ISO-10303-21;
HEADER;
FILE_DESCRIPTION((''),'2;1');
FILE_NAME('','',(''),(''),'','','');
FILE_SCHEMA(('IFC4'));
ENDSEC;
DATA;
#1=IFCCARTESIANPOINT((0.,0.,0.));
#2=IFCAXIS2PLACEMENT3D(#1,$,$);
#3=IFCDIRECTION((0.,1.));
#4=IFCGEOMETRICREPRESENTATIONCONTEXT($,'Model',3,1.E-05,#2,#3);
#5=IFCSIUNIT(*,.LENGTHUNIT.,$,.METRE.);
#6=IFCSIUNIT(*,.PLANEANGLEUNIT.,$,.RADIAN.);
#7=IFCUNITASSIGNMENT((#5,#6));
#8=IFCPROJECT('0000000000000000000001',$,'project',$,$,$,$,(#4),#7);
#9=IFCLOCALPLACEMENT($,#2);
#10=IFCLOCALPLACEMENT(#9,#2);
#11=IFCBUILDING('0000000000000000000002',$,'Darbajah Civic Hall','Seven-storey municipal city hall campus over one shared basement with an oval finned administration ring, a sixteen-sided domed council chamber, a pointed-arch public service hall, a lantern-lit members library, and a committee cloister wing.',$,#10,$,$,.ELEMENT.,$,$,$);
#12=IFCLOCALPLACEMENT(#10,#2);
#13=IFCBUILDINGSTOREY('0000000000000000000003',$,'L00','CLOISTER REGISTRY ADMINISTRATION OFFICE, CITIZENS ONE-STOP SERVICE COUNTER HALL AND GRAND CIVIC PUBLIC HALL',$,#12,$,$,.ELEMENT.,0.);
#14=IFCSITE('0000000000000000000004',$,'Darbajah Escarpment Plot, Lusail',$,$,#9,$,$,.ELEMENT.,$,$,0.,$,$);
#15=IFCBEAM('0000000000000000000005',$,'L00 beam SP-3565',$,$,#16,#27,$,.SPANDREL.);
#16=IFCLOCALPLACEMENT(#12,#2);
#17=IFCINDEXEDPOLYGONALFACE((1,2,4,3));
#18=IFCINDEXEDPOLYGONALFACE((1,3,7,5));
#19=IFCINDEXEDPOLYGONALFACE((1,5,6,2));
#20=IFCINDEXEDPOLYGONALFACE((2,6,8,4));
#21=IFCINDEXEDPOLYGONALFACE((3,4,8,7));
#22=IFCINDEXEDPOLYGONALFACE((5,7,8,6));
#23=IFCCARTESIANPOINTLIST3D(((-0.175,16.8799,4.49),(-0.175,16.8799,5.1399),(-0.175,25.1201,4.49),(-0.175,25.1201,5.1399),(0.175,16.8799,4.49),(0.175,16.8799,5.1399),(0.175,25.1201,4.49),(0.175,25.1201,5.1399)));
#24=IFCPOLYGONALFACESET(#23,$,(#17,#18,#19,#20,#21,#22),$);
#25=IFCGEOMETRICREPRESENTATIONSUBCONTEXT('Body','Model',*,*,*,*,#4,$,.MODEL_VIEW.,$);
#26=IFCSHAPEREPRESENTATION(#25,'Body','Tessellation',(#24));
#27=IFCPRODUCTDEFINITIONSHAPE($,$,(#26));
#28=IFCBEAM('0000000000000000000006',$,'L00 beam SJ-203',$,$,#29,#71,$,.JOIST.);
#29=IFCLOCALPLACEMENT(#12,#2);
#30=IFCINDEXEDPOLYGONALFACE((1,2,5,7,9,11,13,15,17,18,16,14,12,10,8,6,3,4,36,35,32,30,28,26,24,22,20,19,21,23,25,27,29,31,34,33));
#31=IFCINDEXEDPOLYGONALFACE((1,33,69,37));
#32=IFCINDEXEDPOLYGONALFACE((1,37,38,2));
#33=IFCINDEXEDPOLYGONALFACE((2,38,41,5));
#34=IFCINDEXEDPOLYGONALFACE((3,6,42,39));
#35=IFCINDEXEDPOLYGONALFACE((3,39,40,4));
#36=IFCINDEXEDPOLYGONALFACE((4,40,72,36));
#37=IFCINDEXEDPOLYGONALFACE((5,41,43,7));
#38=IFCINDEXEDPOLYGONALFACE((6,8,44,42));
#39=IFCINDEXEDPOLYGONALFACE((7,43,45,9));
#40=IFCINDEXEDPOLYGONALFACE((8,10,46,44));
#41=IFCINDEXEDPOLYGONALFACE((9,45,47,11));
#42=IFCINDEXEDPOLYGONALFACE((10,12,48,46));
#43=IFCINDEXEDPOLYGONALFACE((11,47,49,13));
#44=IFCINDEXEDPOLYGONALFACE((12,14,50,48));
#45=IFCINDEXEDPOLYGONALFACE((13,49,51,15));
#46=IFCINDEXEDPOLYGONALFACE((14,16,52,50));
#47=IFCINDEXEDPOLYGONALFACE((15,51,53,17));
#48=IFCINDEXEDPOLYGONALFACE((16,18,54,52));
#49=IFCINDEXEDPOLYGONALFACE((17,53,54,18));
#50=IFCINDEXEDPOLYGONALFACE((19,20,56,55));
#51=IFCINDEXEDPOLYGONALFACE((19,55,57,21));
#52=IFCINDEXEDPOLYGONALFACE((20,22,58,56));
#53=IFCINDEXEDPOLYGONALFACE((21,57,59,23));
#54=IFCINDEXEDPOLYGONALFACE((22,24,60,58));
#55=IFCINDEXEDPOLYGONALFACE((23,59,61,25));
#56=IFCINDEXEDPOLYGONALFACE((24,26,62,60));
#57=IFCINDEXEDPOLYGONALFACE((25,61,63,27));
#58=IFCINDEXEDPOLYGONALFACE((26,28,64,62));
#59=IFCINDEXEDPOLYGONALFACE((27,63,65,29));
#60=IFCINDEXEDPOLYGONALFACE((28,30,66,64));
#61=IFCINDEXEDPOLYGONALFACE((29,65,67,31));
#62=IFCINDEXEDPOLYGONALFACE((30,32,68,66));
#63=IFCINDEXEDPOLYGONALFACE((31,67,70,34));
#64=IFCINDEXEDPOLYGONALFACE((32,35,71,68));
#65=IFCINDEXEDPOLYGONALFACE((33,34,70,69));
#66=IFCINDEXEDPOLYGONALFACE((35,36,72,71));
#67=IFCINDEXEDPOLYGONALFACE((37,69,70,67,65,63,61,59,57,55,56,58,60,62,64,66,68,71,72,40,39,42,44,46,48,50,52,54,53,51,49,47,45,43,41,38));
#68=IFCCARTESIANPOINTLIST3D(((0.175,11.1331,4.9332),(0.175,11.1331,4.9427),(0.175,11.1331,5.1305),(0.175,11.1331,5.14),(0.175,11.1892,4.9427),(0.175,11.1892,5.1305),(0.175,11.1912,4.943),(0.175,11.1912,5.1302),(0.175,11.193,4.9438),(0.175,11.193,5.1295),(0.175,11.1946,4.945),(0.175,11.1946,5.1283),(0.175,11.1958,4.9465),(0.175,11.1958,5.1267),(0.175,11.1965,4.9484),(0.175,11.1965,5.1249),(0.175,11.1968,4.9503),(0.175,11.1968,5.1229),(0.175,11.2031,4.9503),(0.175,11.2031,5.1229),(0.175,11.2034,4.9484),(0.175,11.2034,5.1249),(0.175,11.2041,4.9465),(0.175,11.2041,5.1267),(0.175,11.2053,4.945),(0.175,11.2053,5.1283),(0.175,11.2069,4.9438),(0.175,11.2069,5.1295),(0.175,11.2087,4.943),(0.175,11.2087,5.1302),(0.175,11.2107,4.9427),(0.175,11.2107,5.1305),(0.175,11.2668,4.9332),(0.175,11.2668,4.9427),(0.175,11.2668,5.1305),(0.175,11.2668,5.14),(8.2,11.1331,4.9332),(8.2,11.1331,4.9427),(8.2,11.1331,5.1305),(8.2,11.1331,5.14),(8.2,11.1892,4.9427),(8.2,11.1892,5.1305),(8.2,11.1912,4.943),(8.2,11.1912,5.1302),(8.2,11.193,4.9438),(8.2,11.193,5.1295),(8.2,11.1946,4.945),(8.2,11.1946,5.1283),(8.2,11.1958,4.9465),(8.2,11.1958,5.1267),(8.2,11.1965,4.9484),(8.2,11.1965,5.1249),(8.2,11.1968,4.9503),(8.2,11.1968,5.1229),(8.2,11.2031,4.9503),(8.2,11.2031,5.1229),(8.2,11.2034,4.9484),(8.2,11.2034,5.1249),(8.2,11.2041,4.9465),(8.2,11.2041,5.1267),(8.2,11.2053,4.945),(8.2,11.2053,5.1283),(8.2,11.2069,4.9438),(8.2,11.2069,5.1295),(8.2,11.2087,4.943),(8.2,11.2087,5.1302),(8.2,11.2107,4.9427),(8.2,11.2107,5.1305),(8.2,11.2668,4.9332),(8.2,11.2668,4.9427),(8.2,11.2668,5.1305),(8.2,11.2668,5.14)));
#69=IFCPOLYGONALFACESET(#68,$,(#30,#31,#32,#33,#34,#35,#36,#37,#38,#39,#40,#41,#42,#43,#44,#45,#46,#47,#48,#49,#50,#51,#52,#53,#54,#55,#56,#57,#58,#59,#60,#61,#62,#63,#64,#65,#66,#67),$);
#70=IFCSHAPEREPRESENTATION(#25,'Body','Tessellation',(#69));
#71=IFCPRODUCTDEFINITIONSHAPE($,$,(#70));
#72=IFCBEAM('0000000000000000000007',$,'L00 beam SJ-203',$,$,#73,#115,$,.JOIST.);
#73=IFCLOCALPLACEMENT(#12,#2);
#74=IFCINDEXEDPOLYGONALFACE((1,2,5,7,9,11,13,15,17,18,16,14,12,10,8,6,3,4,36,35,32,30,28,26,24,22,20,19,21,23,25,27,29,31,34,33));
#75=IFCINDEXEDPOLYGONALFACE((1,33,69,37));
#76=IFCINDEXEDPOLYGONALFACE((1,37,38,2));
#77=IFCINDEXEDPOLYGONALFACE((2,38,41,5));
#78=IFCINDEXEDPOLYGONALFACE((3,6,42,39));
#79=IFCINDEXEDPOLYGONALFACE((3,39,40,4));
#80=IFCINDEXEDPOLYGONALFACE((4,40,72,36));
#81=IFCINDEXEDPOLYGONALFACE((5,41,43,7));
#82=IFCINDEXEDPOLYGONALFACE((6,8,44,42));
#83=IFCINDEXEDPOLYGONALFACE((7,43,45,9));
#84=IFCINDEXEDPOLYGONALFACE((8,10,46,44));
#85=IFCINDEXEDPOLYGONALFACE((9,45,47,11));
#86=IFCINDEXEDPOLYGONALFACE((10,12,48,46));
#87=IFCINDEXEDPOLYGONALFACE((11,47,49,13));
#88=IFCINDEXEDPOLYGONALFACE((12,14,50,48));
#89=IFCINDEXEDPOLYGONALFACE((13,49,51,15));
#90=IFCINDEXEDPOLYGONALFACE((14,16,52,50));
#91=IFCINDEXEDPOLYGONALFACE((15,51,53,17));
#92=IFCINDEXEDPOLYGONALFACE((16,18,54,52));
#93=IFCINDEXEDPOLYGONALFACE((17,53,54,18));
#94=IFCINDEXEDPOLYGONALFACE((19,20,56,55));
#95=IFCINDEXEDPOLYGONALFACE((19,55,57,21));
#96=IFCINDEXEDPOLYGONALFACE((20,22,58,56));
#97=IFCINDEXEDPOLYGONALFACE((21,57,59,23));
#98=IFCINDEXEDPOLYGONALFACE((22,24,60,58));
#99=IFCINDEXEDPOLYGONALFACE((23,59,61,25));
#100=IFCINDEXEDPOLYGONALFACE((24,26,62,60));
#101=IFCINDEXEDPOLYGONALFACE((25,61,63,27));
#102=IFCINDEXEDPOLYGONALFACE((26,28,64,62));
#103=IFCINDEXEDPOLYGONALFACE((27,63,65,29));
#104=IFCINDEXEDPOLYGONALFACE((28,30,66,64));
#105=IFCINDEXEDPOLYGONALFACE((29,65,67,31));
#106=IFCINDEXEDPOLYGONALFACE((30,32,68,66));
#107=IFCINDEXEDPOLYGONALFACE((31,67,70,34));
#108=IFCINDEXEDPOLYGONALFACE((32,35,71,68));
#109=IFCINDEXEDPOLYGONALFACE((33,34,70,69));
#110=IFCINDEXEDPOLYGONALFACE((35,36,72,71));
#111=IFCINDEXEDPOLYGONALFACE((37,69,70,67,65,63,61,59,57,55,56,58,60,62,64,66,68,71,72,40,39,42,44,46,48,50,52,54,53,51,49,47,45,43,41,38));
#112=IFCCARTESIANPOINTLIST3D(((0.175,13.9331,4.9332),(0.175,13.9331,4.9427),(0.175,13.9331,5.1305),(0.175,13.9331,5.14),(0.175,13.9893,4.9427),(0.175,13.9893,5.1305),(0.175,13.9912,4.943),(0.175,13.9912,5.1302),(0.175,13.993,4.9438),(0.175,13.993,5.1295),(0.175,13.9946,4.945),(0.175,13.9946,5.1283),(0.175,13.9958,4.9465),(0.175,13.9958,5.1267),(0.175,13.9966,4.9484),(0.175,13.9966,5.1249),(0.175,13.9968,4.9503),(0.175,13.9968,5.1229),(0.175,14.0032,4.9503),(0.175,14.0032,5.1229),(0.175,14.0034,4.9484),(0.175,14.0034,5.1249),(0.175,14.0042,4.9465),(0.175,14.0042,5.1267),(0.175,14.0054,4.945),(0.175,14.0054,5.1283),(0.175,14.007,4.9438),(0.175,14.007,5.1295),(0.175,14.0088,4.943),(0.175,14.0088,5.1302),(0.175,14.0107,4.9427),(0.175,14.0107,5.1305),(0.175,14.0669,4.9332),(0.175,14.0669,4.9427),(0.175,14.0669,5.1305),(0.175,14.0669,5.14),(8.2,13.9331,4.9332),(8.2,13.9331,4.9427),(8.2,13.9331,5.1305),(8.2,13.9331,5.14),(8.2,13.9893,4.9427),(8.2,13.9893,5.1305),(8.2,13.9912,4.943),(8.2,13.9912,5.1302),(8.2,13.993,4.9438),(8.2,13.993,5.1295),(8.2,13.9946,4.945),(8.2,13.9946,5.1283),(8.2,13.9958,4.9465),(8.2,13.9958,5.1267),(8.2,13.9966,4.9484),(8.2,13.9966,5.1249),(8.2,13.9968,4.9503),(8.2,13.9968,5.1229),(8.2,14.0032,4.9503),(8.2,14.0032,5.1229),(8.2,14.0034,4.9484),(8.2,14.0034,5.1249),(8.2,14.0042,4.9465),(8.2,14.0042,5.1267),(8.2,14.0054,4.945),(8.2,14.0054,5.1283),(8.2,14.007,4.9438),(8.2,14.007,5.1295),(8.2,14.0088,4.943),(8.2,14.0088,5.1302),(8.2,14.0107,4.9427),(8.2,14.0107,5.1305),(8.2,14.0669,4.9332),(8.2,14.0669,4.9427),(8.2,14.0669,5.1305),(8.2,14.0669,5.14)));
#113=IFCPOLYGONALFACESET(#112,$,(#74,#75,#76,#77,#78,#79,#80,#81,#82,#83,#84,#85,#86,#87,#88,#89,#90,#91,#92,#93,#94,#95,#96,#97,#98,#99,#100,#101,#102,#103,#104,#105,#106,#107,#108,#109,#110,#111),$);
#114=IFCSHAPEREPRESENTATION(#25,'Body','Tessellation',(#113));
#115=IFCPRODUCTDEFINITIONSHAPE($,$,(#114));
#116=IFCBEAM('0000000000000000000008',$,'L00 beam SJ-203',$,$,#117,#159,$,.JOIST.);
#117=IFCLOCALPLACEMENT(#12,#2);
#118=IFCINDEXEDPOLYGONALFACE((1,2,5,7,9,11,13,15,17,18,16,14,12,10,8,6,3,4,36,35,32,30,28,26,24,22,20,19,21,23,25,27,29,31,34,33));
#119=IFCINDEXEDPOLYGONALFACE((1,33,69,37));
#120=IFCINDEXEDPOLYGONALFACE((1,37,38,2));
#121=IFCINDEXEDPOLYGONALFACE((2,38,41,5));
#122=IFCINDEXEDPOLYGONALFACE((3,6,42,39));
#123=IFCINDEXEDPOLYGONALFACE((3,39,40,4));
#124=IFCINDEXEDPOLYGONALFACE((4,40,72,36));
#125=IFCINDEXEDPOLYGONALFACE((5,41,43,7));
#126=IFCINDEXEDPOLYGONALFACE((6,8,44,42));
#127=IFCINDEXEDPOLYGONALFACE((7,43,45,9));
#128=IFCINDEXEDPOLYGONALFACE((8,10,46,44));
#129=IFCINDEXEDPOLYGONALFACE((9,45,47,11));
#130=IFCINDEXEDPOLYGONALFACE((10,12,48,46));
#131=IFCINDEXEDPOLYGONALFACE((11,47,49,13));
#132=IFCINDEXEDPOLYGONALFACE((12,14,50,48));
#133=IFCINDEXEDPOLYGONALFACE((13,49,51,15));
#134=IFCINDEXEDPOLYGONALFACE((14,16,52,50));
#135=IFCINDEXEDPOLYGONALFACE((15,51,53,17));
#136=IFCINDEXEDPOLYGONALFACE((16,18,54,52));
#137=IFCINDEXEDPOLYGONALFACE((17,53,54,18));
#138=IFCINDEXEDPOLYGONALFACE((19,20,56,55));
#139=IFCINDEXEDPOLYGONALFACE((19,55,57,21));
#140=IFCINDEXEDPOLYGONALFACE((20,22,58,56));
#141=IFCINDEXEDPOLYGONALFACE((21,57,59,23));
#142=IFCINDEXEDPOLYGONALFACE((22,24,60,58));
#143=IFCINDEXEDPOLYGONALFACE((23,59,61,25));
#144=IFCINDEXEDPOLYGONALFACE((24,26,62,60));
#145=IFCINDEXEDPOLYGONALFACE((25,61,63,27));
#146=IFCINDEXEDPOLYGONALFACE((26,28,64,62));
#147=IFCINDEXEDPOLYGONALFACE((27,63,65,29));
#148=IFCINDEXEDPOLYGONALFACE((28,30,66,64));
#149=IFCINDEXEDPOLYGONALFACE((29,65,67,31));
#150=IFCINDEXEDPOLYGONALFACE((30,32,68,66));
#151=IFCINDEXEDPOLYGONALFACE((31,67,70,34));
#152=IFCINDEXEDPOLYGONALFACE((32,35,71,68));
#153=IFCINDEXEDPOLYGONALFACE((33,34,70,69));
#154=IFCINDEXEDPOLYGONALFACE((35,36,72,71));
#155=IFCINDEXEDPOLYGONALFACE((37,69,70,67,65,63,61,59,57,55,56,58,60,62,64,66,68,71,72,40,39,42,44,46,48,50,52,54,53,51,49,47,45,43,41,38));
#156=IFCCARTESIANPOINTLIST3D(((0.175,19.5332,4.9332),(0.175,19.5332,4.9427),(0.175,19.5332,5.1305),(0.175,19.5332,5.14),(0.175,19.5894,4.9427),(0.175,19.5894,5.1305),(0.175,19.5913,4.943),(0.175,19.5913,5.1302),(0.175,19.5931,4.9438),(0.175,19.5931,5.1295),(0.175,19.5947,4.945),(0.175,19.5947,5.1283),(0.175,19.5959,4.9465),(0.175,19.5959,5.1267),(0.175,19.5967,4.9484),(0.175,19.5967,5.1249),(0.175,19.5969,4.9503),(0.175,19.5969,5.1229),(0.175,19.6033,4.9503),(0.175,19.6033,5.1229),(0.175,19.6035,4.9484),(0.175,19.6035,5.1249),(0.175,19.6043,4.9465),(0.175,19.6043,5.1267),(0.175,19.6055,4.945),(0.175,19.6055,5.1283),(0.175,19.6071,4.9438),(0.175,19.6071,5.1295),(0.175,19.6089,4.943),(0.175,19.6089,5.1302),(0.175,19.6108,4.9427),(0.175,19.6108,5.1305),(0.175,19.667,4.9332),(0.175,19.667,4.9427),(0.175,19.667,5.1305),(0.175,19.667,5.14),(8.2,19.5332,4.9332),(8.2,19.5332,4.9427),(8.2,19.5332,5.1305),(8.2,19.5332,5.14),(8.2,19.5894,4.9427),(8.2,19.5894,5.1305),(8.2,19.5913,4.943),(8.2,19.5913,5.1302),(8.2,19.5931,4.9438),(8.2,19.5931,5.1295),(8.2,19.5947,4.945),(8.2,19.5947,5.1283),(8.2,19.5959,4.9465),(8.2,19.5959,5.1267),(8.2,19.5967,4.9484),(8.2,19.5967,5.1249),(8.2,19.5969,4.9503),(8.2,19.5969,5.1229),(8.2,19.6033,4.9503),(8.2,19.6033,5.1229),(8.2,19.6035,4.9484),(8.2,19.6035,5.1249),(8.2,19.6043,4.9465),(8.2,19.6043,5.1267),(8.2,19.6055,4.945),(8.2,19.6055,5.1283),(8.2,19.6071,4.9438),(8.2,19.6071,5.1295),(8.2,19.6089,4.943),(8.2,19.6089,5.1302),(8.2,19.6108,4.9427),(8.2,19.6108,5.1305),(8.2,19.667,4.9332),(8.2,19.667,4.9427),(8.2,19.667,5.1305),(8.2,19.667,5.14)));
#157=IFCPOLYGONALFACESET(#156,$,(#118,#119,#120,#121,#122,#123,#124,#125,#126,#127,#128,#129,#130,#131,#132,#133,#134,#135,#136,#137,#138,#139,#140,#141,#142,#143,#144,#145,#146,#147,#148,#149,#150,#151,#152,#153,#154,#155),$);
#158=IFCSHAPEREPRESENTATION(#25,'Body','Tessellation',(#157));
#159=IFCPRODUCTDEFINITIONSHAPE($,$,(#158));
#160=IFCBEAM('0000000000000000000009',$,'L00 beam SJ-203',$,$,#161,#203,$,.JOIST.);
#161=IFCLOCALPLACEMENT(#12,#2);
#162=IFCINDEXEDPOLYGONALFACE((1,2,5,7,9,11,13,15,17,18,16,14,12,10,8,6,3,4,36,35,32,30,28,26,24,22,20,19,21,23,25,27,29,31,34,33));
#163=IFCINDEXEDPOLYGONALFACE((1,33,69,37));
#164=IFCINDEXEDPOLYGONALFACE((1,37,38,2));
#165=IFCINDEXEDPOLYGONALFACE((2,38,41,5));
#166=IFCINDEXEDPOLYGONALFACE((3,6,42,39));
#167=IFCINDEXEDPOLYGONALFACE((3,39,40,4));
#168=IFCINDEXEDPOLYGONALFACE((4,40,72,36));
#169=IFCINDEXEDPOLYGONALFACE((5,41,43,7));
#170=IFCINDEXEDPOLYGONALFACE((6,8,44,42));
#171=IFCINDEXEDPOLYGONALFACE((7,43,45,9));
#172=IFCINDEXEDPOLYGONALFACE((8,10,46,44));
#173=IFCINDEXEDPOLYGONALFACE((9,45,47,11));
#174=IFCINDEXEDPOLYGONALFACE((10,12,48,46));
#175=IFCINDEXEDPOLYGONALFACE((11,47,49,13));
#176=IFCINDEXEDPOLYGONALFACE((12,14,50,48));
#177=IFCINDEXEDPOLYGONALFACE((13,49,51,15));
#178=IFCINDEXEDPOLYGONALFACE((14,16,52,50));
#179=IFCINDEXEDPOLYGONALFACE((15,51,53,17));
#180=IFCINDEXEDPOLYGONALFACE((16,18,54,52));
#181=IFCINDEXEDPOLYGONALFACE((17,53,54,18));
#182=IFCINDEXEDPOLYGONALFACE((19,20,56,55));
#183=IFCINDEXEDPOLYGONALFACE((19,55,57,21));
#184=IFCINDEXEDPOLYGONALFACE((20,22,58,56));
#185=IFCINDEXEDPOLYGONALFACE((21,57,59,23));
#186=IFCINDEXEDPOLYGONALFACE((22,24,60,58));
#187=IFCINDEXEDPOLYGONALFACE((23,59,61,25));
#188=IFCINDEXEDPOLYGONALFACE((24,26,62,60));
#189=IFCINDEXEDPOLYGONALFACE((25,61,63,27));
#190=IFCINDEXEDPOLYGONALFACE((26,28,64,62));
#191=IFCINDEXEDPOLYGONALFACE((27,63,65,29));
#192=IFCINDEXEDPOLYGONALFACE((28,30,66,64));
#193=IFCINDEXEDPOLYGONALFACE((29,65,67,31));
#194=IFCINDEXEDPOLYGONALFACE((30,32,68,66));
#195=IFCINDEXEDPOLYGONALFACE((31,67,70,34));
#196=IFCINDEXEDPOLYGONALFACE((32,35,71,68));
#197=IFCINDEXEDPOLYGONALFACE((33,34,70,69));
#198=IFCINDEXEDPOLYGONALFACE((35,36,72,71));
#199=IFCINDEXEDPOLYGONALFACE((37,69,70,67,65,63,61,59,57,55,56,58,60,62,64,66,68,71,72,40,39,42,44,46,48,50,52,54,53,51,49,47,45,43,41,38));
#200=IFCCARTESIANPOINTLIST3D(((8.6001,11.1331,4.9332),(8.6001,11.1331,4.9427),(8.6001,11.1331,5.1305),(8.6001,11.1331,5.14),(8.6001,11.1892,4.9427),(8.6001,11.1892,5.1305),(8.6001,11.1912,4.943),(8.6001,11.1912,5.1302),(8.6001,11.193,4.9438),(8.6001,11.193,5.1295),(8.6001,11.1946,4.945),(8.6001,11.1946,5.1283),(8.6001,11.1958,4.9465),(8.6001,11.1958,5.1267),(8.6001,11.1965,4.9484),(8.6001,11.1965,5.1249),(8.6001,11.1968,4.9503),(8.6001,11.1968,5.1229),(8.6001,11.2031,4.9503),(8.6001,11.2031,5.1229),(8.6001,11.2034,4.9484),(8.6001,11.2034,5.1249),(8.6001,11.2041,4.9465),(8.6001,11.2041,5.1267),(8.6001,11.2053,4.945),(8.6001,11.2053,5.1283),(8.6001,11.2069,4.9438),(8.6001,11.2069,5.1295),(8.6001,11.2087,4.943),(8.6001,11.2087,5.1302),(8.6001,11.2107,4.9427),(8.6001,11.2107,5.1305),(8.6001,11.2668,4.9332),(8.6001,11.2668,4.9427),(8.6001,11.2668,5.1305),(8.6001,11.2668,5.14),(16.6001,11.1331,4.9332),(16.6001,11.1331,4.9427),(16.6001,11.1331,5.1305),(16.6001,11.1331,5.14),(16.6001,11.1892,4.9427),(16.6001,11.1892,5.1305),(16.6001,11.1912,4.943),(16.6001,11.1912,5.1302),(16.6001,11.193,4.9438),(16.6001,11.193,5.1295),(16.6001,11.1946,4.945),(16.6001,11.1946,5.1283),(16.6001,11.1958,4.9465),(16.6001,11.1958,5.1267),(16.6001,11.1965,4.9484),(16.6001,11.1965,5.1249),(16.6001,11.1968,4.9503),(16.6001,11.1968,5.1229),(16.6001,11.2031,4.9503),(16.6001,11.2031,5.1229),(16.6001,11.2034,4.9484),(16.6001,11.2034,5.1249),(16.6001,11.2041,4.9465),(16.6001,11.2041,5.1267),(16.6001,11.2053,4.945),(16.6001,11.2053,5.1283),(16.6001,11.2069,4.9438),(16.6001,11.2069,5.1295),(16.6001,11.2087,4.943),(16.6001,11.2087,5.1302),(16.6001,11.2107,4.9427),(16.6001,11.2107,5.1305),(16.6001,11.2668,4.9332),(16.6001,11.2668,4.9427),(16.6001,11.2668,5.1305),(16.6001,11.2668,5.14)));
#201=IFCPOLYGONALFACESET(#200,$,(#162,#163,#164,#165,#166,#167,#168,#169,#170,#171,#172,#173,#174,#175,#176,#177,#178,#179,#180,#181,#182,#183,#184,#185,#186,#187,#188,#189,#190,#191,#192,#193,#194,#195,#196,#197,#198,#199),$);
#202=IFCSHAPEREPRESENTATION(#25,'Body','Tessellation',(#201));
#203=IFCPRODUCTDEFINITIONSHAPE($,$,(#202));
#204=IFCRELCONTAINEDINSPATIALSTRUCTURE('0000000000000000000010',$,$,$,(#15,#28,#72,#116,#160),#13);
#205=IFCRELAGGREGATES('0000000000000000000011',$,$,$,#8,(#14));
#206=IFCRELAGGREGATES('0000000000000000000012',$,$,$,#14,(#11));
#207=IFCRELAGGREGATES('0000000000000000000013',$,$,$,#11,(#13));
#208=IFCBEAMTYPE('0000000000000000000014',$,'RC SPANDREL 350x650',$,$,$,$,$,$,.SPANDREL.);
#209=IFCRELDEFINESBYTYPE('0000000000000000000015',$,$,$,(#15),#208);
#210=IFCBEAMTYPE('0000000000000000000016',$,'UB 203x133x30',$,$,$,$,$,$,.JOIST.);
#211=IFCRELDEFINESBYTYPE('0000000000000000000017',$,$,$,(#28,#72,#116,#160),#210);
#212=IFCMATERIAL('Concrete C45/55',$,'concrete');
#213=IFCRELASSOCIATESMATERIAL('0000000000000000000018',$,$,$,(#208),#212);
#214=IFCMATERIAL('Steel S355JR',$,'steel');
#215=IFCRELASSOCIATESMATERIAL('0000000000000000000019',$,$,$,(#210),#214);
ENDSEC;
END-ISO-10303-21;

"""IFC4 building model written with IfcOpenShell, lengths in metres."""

from ifc_helpers import new_model, si_unit, direction, frame, origin, origin_2d, place, context, subcontext, project, spatial, rectangle, i_section, extrude, material, material_profile, profile_set, type_object, element, save


model = new_model("IFC4")

# Units and contexts
model_context = context("Model", 3, precision=1e-05, world=origin(), true_north=direction((0.0, 1.0)))
body_context = subcontext(model_context, "Body", "Model", "MODEL_VIEW")
ifc_project = project(units=[si_unit("LENGTHUNIT", "METRE"), si_unit("PLANEANGLEUNIT", "RADIAN")], contexts=[model_context])

# Site, building, storey
site_placement = place(None, origin())
site = spatial("IfcSite", under=ifc_project, at=site_placement, Name="Darbajah Escarpment Plot, Lusail", CompositionType="ELEMENT", RefElevation=0.0)
building_placement = place(site_placement, origin())
building = spatial("IfcBuilding", under=site, at=building_placement, Name="Darbajah Civic Hall", Description="Seven-storey municipal city hall campus over one shared basement with an oval finned administration ring, a sixteen-sided domed council chamber, a pointed-arch public service hall, a lantern-lit members library, and a committee cloister wing.", CompositionType="ELEMENT")
storey_placement = place(building_placement, origin())
storey = spatial("IfcBuildingStorey", under=building, at=storey_placement, Name="L00", Description="CLOISTER REGISTRY ADMINISTRATION OFFICE, CITIZENS ONE-STOP SERVICE COUNTER HALL AND GRAND CIVIC PUBLIC HALL", CompositionType="ELEMENT", Elevation=0.0)

# Beams
ifc_material_1 = material(Name="Concrete C45/55", Category="concrete")
ifc_material_profile_1 = material_profile(ifc_material_1, rectangle(XDim=0.3501, YDim=0.6499, at=origin_2d()), Name="RC SPANDREL 350x650")
ifc_profile_set_1 = profile_set([ifc_material_profile_1], Name="Concrete C45/55")
beam_type_1 = type_object("IfcBeamType", Name="RC SPANDREL 350x650", PredefinedType="SPANDREL", material=ifc_profile_set_1)
beam_1_placement = place(storey_placement, frame((0.0, 16.8799, 4.8149), z_axis=(0.0, 1.0, 0.0), x_axis=(-1.0, 0.0, 0.0)))
element("IfcBeam", 1, at=beam_1_placement, inside=storey, type_object=beam_type_1, Name="L00 beam SP-3565", PredefinedType="SPANDREL", context=body_context, shape_type="SweptSolid", body=[
    extrude(rectangle(XDim=0.3501, YDim=0.6499, at=origin_2d()), origin(), (0.0, 0.0, 1.0), 8.2402),
])
ifc_material_2 = material(Name="Steel S355JR", Category="steel")
ifc_material_profile_2 = material_profile(ifc_material_2, i_section(OverallWidth=0.1338, OverallDepth=0.2068, WebThickness=0.0063, FlangeThickness=0.0095, FilletRadius=0.0076, at=origin_2d()), Name="UB 203x133x30")
ifc_profile_set_2 = profile_set([ifc_material_profile_2], Name="Steel S355JR")
beam_type_2 = type_object("IfcBeamType", Name="UB 203x133x30", PredefinedType="JOIST", material=ifc_profile_set_2)
for number, where, z_axis, x_axis, name in (
    (2, (0.175, 11.2, 5.0366), (1.0, 0.0, 0.0), (0.0, 1.0, 0.0), "L00 beam SJ-203"),
    (3, (0.175, 14.0, 5.0366), (1.0, 0.0, 0.0), (0.0, 1.0, 0.0), "L00 beam SJ-203"),
    (4, (0.175, 19.6001, 5.0366), (1.0, 0.0, 0.0), (0.0, 1.0, 0.0), "L00 beam SJ-203"),
):
    element("IfcBeam", number, at=place(storey_placement, frame(where, z_axis=z_axis, x_axis=x_axis)), inside=storey, type_object=beam_type_2, Name=name, PredefinedType="JOIST", context=body_context, shape_type="SweptSolid", body=[
        extrude(i_section(OverallWidth=0.1338, OverallDepth=0.2068, WebThickness=0.0063, FlangeThickness=0.0095, FilletRadius=0.0076, at=origin_2d()), origin(), (0.0, 0.0, 1.0), 8.0249),
    ])
for number, where, z_axis, x_axis, name in (
    (5, (8.6001, 11.2, 5.0366), (1.0, 0.0, 0.0), (0.0, 1.0, 0.0), "L00 beam SJ-203"),
):
    element("IfcBeam", number, at=place(storey_placement, frame(where, z_axis=z_axis, x_axis=x_axis)), inside=storey, type_object=beam_type_2, Name=name, PredefinedType="JOIST", context=body_context, shape_type="SweptSolid", body=[
        extrude(i_section(OverallWidth=0.1338, OverallDepth=0.2068, WebThickness=0.0063, FlangeThickness=0.0095, FilletRadius=0.0076, at=origin_2d()), origin(), (0.0, 0.0, 1.0), 8.0),
    ])

save(model, "model.ifc")
